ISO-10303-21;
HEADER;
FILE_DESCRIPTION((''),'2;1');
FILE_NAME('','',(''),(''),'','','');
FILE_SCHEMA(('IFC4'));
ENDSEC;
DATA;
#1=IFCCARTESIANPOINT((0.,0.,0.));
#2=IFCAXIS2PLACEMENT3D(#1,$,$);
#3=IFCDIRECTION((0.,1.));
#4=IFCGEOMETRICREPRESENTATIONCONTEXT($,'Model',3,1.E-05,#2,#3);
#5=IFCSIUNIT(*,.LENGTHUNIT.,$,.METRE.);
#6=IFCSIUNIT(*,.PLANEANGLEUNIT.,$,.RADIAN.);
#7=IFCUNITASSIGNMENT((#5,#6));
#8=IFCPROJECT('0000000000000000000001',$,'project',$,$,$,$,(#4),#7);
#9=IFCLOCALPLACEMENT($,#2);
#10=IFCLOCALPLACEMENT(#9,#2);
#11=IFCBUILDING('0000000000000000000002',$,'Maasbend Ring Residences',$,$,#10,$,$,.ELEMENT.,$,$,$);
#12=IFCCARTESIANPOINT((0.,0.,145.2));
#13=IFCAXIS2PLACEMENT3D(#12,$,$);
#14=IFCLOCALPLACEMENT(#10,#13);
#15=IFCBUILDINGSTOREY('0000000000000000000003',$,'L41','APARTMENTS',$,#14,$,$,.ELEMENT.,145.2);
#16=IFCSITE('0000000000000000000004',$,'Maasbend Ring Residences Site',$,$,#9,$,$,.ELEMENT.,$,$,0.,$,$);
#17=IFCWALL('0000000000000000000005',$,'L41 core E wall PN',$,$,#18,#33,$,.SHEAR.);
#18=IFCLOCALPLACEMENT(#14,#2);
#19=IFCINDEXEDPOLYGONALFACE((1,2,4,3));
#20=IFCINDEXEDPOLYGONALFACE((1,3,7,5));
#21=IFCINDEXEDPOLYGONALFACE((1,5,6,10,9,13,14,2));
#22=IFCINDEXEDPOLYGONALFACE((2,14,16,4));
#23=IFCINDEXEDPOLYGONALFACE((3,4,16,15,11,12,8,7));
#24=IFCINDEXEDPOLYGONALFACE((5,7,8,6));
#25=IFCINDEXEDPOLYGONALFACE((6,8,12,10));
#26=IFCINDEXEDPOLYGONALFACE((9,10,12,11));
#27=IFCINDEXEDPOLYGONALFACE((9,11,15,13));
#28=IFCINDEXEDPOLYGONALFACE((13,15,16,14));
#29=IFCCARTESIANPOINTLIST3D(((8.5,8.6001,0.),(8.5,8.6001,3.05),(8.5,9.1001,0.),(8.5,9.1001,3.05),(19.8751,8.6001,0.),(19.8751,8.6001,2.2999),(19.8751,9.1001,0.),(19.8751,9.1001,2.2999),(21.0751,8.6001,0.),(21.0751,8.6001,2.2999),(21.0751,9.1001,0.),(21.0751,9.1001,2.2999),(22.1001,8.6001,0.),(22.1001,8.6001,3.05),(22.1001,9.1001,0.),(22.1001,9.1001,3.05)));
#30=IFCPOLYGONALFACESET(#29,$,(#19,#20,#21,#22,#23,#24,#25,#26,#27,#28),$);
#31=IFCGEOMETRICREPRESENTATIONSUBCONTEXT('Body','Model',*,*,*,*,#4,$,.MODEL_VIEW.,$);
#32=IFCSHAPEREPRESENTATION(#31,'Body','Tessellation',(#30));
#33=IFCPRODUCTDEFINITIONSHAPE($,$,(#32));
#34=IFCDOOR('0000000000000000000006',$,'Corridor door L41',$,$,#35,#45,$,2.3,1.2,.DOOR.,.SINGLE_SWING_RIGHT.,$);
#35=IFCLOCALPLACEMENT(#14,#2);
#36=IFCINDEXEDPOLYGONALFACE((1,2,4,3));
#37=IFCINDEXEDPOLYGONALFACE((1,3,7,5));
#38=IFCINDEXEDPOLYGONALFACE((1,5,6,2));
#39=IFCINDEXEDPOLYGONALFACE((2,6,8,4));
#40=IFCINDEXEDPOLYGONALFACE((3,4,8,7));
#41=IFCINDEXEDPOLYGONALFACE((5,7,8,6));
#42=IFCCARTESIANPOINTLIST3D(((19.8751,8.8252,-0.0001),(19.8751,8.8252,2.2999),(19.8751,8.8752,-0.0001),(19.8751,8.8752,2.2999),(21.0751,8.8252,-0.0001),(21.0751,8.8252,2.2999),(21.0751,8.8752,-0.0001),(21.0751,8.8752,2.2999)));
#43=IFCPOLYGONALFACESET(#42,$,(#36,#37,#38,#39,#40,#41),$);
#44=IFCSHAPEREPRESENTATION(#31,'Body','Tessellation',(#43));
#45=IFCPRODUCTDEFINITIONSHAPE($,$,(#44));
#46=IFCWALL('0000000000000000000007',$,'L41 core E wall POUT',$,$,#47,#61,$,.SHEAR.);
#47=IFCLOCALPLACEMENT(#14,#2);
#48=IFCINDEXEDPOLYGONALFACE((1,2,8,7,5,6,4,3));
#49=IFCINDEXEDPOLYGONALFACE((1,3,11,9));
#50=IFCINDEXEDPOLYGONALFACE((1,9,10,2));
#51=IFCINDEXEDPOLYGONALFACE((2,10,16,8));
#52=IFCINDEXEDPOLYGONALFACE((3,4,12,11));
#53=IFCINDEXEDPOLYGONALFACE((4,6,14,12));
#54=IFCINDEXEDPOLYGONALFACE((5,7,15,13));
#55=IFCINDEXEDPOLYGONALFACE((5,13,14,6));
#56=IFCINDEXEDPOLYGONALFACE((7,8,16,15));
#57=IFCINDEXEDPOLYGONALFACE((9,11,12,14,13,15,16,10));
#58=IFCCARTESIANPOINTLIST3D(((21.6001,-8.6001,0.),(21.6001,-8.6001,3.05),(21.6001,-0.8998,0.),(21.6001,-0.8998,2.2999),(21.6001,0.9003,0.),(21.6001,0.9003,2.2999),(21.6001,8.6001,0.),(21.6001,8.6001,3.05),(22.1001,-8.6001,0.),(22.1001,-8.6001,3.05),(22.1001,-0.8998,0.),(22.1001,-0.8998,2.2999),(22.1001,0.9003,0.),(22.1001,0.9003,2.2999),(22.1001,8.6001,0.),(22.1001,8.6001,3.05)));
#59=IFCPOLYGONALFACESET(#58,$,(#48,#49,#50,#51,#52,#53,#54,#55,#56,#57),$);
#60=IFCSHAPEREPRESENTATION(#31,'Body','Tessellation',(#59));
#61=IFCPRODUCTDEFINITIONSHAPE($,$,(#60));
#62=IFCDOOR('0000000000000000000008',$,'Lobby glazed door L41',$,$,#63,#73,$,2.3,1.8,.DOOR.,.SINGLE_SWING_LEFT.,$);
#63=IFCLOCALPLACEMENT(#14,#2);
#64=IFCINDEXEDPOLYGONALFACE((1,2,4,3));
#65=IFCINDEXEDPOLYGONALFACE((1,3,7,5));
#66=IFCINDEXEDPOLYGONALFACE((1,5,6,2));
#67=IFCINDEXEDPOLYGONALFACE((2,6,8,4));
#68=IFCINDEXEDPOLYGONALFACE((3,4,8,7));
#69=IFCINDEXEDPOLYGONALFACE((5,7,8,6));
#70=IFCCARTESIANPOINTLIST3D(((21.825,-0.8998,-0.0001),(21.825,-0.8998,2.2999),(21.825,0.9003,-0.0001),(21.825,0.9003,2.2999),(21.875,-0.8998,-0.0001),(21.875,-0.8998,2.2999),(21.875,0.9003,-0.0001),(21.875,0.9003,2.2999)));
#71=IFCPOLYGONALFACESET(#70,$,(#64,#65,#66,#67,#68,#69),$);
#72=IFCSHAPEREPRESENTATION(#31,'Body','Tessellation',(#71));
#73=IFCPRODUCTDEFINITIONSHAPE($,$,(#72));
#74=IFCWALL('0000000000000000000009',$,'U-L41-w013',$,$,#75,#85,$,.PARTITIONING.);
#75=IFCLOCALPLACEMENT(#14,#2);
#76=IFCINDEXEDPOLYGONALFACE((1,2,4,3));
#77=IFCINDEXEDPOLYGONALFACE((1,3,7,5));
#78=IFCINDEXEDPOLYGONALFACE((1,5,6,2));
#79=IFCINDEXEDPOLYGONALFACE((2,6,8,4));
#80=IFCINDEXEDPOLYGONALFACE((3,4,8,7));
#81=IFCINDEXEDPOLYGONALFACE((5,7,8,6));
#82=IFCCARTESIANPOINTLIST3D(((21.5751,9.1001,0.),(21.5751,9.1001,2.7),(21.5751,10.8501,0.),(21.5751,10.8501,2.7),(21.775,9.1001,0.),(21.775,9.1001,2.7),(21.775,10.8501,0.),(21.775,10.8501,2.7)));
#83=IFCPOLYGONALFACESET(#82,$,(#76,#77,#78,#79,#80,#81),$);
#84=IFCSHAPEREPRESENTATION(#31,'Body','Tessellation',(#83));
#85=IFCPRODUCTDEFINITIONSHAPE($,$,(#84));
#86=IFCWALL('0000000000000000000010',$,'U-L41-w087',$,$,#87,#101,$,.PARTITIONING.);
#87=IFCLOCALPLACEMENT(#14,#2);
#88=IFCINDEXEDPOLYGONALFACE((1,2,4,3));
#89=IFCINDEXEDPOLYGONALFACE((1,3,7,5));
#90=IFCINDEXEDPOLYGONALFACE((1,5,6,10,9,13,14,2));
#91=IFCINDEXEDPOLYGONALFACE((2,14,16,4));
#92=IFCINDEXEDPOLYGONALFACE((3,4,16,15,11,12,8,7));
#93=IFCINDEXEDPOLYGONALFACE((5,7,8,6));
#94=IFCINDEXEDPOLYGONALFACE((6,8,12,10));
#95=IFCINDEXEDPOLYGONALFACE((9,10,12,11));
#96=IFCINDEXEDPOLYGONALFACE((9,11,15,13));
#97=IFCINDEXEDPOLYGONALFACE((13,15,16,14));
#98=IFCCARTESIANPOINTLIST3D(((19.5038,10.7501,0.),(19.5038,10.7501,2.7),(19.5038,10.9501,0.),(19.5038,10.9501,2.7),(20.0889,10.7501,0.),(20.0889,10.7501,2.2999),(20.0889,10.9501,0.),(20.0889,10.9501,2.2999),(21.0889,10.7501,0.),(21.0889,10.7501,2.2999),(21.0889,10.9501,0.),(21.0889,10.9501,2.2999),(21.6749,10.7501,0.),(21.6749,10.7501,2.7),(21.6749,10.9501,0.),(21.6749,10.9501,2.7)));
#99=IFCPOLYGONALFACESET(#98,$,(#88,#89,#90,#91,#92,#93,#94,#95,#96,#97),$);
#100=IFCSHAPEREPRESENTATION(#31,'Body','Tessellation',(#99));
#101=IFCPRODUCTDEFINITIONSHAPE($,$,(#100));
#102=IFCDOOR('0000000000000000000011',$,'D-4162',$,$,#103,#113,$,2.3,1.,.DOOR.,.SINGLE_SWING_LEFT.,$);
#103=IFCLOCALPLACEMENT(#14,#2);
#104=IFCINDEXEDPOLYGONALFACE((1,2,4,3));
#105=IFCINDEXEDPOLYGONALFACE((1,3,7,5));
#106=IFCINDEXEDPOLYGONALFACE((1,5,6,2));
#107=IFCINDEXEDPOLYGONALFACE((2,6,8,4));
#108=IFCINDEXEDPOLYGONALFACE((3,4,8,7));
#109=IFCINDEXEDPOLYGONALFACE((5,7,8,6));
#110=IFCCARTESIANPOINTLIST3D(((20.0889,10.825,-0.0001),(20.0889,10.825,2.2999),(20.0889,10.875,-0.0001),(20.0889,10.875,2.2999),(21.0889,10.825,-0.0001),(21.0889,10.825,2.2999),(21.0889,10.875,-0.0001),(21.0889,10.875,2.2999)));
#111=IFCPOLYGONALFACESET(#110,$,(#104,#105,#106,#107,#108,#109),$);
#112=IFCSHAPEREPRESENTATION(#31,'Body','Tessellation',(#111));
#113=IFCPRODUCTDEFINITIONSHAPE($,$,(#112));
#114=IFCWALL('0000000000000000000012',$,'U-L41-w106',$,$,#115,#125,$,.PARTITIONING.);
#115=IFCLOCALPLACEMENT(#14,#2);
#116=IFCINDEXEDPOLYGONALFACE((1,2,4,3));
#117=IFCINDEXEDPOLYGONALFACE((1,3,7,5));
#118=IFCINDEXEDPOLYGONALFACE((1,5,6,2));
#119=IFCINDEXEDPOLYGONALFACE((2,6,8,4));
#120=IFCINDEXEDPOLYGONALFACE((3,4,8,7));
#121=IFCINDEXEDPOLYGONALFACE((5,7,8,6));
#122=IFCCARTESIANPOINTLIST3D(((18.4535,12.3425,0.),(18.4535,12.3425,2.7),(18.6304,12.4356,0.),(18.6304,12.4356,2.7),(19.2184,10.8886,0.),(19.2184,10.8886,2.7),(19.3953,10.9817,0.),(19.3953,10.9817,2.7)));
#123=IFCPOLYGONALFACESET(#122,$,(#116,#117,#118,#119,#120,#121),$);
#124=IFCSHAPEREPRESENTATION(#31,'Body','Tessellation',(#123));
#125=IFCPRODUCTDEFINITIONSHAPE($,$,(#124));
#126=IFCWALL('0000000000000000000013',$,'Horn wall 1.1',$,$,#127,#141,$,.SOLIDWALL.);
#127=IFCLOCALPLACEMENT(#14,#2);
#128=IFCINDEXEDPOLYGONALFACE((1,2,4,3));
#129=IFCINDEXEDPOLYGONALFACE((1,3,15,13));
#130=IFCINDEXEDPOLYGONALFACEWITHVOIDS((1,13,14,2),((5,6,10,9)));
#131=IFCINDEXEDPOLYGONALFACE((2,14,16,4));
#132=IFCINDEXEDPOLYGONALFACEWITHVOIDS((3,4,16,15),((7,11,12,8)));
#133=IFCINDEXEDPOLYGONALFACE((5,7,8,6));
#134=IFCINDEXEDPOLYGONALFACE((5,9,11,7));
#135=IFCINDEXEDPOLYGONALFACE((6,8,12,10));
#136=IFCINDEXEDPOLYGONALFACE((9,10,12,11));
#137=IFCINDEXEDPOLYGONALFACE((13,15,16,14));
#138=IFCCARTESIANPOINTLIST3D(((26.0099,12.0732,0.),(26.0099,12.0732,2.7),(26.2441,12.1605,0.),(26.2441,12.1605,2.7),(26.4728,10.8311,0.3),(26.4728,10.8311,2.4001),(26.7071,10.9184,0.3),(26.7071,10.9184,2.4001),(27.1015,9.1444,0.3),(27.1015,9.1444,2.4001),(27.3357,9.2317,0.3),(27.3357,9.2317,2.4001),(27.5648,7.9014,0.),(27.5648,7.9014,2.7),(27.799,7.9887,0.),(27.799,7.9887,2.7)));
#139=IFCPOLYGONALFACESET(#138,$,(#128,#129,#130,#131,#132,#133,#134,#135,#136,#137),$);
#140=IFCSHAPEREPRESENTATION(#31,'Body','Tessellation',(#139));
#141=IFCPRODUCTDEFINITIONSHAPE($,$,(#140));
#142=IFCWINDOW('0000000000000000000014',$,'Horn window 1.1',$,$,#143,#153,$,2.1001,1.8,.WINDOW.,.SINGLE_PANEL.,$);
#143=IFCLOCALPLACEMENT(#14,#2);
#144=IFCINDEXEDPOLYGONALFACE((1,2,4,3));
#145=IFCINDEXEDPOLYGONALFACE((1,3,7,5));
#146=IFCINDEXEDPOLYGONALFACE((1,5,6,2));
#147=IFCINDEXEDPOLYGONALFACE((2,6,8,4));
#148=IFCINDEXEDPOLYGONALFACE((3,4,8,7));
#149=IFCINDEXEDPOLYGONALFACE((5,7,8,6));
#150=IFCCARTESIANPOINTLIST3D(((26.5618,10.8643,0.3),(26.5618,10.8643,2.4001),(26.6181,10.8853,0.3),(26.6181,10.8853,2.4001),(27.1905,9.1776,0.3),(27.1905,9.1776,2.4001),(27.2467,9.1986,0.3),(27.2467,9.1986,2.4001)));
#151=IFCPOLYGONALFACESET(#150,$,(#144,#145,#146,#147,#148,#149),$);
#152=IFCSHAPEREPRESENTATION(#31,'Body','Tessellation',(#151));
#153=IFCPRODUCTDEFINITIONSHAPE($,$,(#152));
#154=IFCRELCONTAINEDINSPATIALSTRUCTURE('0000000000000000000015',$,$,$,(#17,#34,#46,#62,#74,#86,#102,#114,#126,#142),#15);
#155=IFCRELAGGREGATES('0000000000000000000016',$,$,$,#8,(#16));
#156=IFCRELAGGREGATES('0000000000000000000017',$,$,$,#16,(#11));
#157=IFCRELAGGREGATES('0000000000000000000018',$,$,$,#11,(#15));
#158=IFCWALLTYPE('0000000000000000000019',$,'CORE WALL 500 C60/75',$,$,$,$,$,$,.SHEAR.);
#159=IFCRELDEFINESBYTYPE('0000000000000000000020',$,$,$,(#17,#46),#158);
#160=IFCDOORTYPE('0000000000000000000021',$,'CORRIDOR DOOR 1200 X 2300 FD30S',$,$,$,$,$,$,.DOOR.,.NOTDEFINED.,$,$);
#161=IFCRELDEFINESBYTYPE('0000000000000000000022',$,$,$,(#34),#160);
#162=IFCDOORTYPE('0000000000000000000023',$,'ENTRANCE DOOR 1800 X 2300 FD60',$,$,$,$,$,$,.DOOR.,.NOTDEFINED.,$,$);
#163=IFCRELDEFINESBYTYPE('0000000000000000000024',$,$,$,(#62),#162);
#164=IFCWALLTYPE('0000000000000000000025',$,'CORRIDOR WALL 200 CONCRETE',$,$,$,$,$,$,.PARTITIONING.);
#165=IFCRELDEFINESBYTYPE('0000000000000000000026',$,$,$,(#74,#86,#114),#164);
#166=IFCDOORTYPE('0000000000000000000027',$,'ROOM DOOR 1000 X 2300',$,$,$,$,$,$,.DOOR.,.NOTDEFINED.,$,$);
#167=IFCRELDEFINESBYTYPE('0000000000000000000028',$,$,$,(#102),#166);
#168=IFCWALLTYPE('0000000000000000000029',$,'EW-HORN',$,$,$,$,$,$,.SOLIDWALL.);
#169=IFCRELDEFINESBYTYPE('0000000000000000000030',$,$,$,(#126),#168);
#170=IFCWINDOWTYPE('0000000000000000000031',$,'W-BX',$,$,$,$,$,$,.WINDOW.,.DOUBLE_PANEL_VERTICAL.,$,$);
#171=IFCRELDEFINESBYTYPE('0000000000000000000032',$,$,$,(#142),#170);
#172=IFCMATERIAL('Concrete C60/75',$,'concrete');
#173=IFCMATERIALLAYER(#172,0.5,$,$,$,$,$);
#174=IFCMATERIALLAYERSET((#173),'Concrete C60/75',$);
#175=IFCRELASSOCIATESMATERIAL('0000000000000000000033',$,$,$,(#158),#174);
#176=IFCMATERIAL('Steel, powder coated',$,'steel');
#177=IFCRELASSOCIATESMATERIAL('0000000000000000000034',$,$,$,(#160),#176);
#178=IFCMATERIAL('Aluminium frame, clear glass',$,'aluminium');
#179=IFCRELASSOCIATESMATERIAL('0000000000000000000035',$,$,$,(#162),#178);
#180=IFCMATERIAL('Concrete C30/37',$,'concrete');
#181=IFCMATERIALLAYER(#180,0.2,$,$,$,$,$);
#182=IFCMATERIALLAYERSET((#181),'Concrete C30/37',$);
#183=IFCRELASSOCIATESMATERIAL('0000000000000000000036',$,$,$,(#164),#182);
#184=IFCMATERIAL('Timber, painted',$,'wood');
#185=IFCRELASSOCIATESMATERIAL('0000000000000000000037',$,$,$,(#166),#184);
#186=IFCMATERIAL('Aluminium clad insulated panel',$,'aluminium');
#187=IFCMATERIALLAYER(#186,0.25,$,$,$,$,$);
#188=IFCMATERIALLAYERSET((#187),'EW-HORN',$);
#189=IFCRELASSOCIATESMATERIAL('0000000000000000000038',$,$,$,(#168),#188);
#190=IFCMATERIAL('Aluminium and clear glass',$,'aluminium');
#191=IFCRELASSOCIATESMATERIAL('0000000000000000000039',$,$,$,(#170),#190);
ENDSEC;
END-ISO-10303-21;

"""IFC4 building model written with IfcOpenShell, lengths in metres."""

from ifc_helpers import new_model, si_unit, direction, frame, frame_2d, origin, place, context, subcontext, project, spatial, rectangle, extrude, material, layer, layer_set, type_object, element, fill, save


model = new_model("IFC4")

# Units and contexts
model_context = context("Model", 3, precision=1e-05, world=origin(), true_north=direction((0.0, 1.0)))
body_context = subcontext(model_context, "Body", "Model", "MODEL_VIEW")
ifc_project = project(units=[si_unit("LENGTHUNIT", "METRE"), si_unit("PLANEANGLEUNIT", "RADIAN")], contexts=[model_context])

# Site, building, storey
site_placement = place(None, origin())
site = spatial("IfcSite", under=ifc_project, at=site_placement, Name="Maasbend Ring Residences Site", CompositionType="ELEMENT", RefElevation=0.0)
building_placement = place(site_placement, origin())
building = spatial("IfcBuilding", under=site, at=building_placement, Name="Maasbend Ring Residences", CompositionType="ELEMENT")
storey_placement = place(building_placement, frame((0.0, 0.0, 145.2)))
storey = spatial("IfcBuildingStorey", under=building, at=storey_placement, Name="L41", Description="APARTMENTS", CompositionType="ELEMENT", Elevation=145.2)

# Walls, openings, doors
ifc_material_1 = material(Name="Concrete C60/75", Category="concrete")
ifc_layer_1 = layer(ifc_material_1, 0.5)
ifc_layer_set_1 = layer_set([ifc_layer_1], Name="Concrete C60/75")
wall_type_1 = type_object("IfcWallType", Name="CORE WALL 500 C60/75", PredefinedType="SHEAR", material=ifc_layer_set_1)
wall_1_placement = place(storey_placement, frame((22.1001, 8.8501, 0.0), z_axis=(0.0, 0.0, 1.0), x_axis=(-1.0, 0.0, 0.0)))
wall_1 = element("IfcWall", 1, at=wall_1_placement, inside=storey, type_object=wall_type_1, Name="L41 core E wall PN", PredefinedType="SHEAR", context=body_context, shape_type="SweptSolid", body=[
    extrude(rectangle(XDim=13.6001, YDim=0.5, at=frame_2d((6.8, 0.0))), origin(), (0.0, 0.0, 1.0), 3.05),
])
opening_1_placement = place(wall_1_placement, frame((1.0249, 0.0, 0.0)))
opening_1 = element("IfcOpeningElement", 2, at=opening_1_placement, cuts=wall_1, PredefinedType="OPENING", context=body_context, shape_type="SweptSolid", body=[
    extrude(rectangle(XDim=1.2, YDim=2.3, at=frame_2d((0.6001, 1.1499))), frame((0.0, 0.26, 0.0), z_axis=(0.0, -1.0, 0.0), x_axis=(1.0, 0.0, 0.0)), (0.0, 0.0, 1.0), 0.52),
])
ifc_material_2 = material(Name="Steel, powder coated", Category="steel")
door_type_1 = type_object("IfcDoorType", Name="CORRIDOR DOOR 1200 X 2300 FD30S", OperationType="NOTDEFINED", PredefinedType="DOOR", material=ifc_material_2)
door_1_placement = place(opening_1_placement, origin())
door_1 = element("IfcDoor", 3, at=door_1_placement, inside=storey, type_object=door_type_1, Name="Corridor door L41", OperationType="SINGLE_SWING_RIGHT", OverallHeight=2.3, OverallWidth=1.2, PredefinedType="DOOR", context=body_context, shape_type="SweptSolid", body=[
    extrude(rectangle(XDim=1.2, YDim=2.3, at=frame_2d((0.6001, 1.1499))), frame((0.0, 0.0249, 0.0), z_axis=(0.0, -1.0, 0.0), x_axis=(1.0, 0.0, 0.0)), (0.0, 0.0, 1.0), 0.05),
])
fill(opening_1, door_1)
wall_2_placement = place(storey_placement, frame((21.8501, 8.6001, 0.0), z_axis=(0.0, 0.0, 1.0), x_axis=(0.0, -1.0, 0.0)))
wall_2 = element("IfcWall", 4, at=wall_2_placement, inside=storey, type_object=wall_type_1, Name="L41 core E wall POUT", PredefinedType="SHEAR", context=body_context, shape_type="SweptSolid", body=[
    extrude(rectangle(XDim=17.2002, YDim=0.5, at=frame_2d((8.6001, 0.0))), origin(), (0.0, 0.0, 1.0), 3.05),
])
opening_2_placement = place(wall_2_placement, frame((7.7, 0.0, 0.0)))
opening_2 = element("IfcOpeningElement", 5, at=opening_2_placement, cuts=wall_2, PredefinedType="OPENING", context=body_context, shape_type="SweptSolid", body=[
    extrude(rectangle(XDim=1.8, YDim=2.3, at=frame_2d((0.8999, 1.1499))), frame((0.0, 0.26, 0.0), z_axis=(0.0, -1.0, 0.0), x_axis=(1.0, 0.0, 0.0)), (0.0, 0.0, 1.0), 0.52),
])
ifc_material_3 = material(Name="Aluminium frame, clear glass", Category="aluminium")
door_type_2 = type_object("IfcDoorType", Name="ENTRANCE DOOR 1800 X 2300 FD60", OperationType="NOTDEFINED", PredefinedType="DOOR", material=ifc_material_3)
door_2_placement = place(opening_2_placement, origin())
door_2 = element("IfcDoor", 6, at=door_2_placement, inside=storey, type_object=door_type_2, Name="Lobby glazed door L41", OperationType="SINGLE_SWING_LEFT", OverallHeight=2.3, OverallWidth=1.8, PredefinedType="DOOR", context=body_context, shape_type="SweptSolid", body=[
    extrude(rectangle(XDim=1.8, YDim=2.3, at=frame_2d((0.8999, 1.1499))), frame((0.0, 0.0249, 0.0), z_axis=(0.0, -1.0, 0.0), x_axis=(1.0, 0.0, 0.0)), (0.0, 0.0, 1.0), 0.05),
])
fill(opening_2, door_2)

# Wall
ifc_material_4 = material(Name="Concrete C30/37", Category="concrete")
ifc_layer_2 = layer(ifc_material_4, 0.2)
ifc_layer_set_2 = layer_set([ifc_layer_2], Name="Concrete C30/37")
wall_type_2 = type_object("IfcWallType", Name="CORRIDOR WALL 200 CONCRETE", PredefinedType="PARTITIONING", material=ifc_layer_set_2)
wall_3_placement = place(storey_placement, frame((21.675, 9.1001, 0.0), z_axis=(0.0, 0.0, 1.0), x_axis=(0.0, 1.0, 0.0)))
element("IfcWall", 7, at=wall_3_placement, inside=storey, type_object=wall_type_2, Name="U-L41-w013", PredefinedType="PARTITIONING", context=body_context, shape_type="SweptSolid", body=[
    extrude(rectangle(XDim=1.75, YDim=0.2, at=frame_2d((0.875, 0.0))), origin(), (0.0, 0.0, 1.0), 2.7),
])

# Wall, opening, door
wall_4_placement = place(storey_placement, frame((19.5039, 10.8501, 0.0), z_axis=(0.0, 0.0, 1.0), x_axis=(1.0, 0.0, 0.0)))
wall_4 = element("IfcWall", 8, at=wall_4_placement, inside=storey, type_object=wall_type_2, Name="U-L41-w087", PredefinedType="PARTITIONING", context=body_context, shape_type="SweptSolid", body=[
    extrude(rectangle(XDim=2.1711, YDim=0.2, at=frame_2d((1.0854, 0.0))), origin(), (0.0, 0.0, 1.0), 2.7),
])
opening_3_placement = place(wall_4_placement, frame((0.585, 0.0, 0.0)))
opening_3 = element("IfcOpeningElement", 9, at=opening_3_placement, cuts=wall_4, PredefinedType="OPENING", context=body_context, shape_type="SweptSolid", body=[
    extrude(rectangle(XDim=1.0, YDim=2.3, at=frame_2d((0.5, 1.1499))), frame((0.0, 0.1099, 0.0), z_axis=(0.0, -1.0, 0.0), x_axis=(1.0, 0.0, 0.0)), (0.0, 0.0, 1.0), 0.22),
])
ifc_material_5 = material(Name="Timber, painted", Category="wood")
door_type_3 = type_object("IfcDoorType", Name="ROOM DOOR 1000 X 2300", OperationType="NOTDEFINED", PredefinedType="DOOR", material=ifc_material_5)
door_3_placement = place(opening_3_placement, origin())
door_3 = element("IfcDoor", 10, at=door_3_placement, inside=storey, type_object=door_type_3, Name="D-4162", OperationType="SINGLE_SWING_LEFT", OverallHeight=2.3, OverallWidth=1.0, PredefinedType="DOOR", context=body_context, shape_type="SweptSolid", body=[
    extrude(rectangle(XDim=1.0, YDim=2.3, at=frame_2d((0.5, 1.1499))), frame((0.0, 0.0249, 0.0), z_axis=(0.0, -1.0, 0.0), x_axis=(1.0, 0.0, 0.0)), (0.0, 0.0, 1.0), 0.05),
])
fill(opening_3, door_3)

# Wall
wall_5_placement = place(storey_placement, frame((18.542, 12.3889, 0.0), z_axis=(0.0, 0.0, 1.0), x_axis=(0.465606, -0.884992, 0.0)))
element("IfcWall", 11, at=wall_5_placement, inside=storey, type_object=wall_type_2, Name="U-L41-w106", PredefinedType="PARTITIONING", context=body_context, shape_type="SweptSolid", body=[
    extrude(rectangle(XDim=1.6428, YDim=0.2, at=frame_2d((0.8213, 0.0))), origin(), (0.0, 0.0, 1.0), 2.7),
])

# Wall, opening, window
ifc_material_6 = material(Name="Aluminium clad insulated panel", Category="aluminium")
ifc_layer_3 = layer(ifc_material_6, 0.25)
ifc_layer_set_3 = layer_set([ifc_layer_3], Name="EW-HORN")
wall_type_3 = type_object("IfcWallType", Name="EW-HORN", PredefinedType="SOLIDWALL", material=ifc_layer_set_3)
wall_6_placement = place(storey_placement, frame((27.6819, 7.9451, 0.0), z_axis=(0.0, 0.0, 1.0), x_axis=(-0.349248, 0.93703, 0.0)))
wall_6 = element("IfcWall", 12, at=wall_6_placement, inside=storey, type_object=wall_type_3, Name="Horn wall 1.1", PredefinedType="SOLIDWALL", context=body_context, shape_type="SweptSolid", body=[
    extrude(rectangle(XDim=4.4521, YDim=0.25, at=frame_2d((2.2261, 0.0))), origin(), (0.0, 0.0, 1.0), 2.7),
])
opening_4_placement = place(wall_6_placement, frame((1.3267, 0.0, 0.3)))
opening_4 = element("IfcOpeningElement", 13, at=opening_4_placement, cuts=wall_6, PredefinedType="OPENING", context=body_context, shape_type="SweptSolid", body=[
    extrude(rectangle(XDim=1.8, YDim=2.1001, at=frame_2d((0.8999, 1.05))), frame((0.0, 0.135, 0.0), z_axis=(0.0, -1.0, 0.0), x_axis=(1.0, 0.0, 0.0)), (0.0, 0.0, 1.0), 0.27),
])
ifc_material_7 = material(Name="Aluminium and clear glass", Category="aluminium")
window_type_1 = type_object("IfcWindowType", Name="W-BX", PartitioningType="DOUBLE_PANEL_VERTICAL", PredefinedType="WINDOW", material=ifc_material_7)
window_1_placement = place(opening_4_placement, origin())
window_1 = element("IfcWindow", 14, at=window_1_placement, inside=storey, type_object=window_type_1, Name="Horn window 1.1", OverallHeight=2.1001, OverallWidth=1.8, PartitioningType="SINGLE_PANEL", PredefinedType="WINDOW", context=body_context, shape_type="SweptSolid", body=[
    extrude(rectangle(XDim=1.8, YDim=2.1001, at=frame_2d((0.8999, 1.05))), frame((0.0, 0.03, 0.0), z_axis=(0.0, -1.0, 0.0), x_axis=(1.0, 0.0, 0.0)), (0.0, 0.0, 1.0), 0.0601),
])
fill(opening_4, window_1)

save(model, "model.ifc")
